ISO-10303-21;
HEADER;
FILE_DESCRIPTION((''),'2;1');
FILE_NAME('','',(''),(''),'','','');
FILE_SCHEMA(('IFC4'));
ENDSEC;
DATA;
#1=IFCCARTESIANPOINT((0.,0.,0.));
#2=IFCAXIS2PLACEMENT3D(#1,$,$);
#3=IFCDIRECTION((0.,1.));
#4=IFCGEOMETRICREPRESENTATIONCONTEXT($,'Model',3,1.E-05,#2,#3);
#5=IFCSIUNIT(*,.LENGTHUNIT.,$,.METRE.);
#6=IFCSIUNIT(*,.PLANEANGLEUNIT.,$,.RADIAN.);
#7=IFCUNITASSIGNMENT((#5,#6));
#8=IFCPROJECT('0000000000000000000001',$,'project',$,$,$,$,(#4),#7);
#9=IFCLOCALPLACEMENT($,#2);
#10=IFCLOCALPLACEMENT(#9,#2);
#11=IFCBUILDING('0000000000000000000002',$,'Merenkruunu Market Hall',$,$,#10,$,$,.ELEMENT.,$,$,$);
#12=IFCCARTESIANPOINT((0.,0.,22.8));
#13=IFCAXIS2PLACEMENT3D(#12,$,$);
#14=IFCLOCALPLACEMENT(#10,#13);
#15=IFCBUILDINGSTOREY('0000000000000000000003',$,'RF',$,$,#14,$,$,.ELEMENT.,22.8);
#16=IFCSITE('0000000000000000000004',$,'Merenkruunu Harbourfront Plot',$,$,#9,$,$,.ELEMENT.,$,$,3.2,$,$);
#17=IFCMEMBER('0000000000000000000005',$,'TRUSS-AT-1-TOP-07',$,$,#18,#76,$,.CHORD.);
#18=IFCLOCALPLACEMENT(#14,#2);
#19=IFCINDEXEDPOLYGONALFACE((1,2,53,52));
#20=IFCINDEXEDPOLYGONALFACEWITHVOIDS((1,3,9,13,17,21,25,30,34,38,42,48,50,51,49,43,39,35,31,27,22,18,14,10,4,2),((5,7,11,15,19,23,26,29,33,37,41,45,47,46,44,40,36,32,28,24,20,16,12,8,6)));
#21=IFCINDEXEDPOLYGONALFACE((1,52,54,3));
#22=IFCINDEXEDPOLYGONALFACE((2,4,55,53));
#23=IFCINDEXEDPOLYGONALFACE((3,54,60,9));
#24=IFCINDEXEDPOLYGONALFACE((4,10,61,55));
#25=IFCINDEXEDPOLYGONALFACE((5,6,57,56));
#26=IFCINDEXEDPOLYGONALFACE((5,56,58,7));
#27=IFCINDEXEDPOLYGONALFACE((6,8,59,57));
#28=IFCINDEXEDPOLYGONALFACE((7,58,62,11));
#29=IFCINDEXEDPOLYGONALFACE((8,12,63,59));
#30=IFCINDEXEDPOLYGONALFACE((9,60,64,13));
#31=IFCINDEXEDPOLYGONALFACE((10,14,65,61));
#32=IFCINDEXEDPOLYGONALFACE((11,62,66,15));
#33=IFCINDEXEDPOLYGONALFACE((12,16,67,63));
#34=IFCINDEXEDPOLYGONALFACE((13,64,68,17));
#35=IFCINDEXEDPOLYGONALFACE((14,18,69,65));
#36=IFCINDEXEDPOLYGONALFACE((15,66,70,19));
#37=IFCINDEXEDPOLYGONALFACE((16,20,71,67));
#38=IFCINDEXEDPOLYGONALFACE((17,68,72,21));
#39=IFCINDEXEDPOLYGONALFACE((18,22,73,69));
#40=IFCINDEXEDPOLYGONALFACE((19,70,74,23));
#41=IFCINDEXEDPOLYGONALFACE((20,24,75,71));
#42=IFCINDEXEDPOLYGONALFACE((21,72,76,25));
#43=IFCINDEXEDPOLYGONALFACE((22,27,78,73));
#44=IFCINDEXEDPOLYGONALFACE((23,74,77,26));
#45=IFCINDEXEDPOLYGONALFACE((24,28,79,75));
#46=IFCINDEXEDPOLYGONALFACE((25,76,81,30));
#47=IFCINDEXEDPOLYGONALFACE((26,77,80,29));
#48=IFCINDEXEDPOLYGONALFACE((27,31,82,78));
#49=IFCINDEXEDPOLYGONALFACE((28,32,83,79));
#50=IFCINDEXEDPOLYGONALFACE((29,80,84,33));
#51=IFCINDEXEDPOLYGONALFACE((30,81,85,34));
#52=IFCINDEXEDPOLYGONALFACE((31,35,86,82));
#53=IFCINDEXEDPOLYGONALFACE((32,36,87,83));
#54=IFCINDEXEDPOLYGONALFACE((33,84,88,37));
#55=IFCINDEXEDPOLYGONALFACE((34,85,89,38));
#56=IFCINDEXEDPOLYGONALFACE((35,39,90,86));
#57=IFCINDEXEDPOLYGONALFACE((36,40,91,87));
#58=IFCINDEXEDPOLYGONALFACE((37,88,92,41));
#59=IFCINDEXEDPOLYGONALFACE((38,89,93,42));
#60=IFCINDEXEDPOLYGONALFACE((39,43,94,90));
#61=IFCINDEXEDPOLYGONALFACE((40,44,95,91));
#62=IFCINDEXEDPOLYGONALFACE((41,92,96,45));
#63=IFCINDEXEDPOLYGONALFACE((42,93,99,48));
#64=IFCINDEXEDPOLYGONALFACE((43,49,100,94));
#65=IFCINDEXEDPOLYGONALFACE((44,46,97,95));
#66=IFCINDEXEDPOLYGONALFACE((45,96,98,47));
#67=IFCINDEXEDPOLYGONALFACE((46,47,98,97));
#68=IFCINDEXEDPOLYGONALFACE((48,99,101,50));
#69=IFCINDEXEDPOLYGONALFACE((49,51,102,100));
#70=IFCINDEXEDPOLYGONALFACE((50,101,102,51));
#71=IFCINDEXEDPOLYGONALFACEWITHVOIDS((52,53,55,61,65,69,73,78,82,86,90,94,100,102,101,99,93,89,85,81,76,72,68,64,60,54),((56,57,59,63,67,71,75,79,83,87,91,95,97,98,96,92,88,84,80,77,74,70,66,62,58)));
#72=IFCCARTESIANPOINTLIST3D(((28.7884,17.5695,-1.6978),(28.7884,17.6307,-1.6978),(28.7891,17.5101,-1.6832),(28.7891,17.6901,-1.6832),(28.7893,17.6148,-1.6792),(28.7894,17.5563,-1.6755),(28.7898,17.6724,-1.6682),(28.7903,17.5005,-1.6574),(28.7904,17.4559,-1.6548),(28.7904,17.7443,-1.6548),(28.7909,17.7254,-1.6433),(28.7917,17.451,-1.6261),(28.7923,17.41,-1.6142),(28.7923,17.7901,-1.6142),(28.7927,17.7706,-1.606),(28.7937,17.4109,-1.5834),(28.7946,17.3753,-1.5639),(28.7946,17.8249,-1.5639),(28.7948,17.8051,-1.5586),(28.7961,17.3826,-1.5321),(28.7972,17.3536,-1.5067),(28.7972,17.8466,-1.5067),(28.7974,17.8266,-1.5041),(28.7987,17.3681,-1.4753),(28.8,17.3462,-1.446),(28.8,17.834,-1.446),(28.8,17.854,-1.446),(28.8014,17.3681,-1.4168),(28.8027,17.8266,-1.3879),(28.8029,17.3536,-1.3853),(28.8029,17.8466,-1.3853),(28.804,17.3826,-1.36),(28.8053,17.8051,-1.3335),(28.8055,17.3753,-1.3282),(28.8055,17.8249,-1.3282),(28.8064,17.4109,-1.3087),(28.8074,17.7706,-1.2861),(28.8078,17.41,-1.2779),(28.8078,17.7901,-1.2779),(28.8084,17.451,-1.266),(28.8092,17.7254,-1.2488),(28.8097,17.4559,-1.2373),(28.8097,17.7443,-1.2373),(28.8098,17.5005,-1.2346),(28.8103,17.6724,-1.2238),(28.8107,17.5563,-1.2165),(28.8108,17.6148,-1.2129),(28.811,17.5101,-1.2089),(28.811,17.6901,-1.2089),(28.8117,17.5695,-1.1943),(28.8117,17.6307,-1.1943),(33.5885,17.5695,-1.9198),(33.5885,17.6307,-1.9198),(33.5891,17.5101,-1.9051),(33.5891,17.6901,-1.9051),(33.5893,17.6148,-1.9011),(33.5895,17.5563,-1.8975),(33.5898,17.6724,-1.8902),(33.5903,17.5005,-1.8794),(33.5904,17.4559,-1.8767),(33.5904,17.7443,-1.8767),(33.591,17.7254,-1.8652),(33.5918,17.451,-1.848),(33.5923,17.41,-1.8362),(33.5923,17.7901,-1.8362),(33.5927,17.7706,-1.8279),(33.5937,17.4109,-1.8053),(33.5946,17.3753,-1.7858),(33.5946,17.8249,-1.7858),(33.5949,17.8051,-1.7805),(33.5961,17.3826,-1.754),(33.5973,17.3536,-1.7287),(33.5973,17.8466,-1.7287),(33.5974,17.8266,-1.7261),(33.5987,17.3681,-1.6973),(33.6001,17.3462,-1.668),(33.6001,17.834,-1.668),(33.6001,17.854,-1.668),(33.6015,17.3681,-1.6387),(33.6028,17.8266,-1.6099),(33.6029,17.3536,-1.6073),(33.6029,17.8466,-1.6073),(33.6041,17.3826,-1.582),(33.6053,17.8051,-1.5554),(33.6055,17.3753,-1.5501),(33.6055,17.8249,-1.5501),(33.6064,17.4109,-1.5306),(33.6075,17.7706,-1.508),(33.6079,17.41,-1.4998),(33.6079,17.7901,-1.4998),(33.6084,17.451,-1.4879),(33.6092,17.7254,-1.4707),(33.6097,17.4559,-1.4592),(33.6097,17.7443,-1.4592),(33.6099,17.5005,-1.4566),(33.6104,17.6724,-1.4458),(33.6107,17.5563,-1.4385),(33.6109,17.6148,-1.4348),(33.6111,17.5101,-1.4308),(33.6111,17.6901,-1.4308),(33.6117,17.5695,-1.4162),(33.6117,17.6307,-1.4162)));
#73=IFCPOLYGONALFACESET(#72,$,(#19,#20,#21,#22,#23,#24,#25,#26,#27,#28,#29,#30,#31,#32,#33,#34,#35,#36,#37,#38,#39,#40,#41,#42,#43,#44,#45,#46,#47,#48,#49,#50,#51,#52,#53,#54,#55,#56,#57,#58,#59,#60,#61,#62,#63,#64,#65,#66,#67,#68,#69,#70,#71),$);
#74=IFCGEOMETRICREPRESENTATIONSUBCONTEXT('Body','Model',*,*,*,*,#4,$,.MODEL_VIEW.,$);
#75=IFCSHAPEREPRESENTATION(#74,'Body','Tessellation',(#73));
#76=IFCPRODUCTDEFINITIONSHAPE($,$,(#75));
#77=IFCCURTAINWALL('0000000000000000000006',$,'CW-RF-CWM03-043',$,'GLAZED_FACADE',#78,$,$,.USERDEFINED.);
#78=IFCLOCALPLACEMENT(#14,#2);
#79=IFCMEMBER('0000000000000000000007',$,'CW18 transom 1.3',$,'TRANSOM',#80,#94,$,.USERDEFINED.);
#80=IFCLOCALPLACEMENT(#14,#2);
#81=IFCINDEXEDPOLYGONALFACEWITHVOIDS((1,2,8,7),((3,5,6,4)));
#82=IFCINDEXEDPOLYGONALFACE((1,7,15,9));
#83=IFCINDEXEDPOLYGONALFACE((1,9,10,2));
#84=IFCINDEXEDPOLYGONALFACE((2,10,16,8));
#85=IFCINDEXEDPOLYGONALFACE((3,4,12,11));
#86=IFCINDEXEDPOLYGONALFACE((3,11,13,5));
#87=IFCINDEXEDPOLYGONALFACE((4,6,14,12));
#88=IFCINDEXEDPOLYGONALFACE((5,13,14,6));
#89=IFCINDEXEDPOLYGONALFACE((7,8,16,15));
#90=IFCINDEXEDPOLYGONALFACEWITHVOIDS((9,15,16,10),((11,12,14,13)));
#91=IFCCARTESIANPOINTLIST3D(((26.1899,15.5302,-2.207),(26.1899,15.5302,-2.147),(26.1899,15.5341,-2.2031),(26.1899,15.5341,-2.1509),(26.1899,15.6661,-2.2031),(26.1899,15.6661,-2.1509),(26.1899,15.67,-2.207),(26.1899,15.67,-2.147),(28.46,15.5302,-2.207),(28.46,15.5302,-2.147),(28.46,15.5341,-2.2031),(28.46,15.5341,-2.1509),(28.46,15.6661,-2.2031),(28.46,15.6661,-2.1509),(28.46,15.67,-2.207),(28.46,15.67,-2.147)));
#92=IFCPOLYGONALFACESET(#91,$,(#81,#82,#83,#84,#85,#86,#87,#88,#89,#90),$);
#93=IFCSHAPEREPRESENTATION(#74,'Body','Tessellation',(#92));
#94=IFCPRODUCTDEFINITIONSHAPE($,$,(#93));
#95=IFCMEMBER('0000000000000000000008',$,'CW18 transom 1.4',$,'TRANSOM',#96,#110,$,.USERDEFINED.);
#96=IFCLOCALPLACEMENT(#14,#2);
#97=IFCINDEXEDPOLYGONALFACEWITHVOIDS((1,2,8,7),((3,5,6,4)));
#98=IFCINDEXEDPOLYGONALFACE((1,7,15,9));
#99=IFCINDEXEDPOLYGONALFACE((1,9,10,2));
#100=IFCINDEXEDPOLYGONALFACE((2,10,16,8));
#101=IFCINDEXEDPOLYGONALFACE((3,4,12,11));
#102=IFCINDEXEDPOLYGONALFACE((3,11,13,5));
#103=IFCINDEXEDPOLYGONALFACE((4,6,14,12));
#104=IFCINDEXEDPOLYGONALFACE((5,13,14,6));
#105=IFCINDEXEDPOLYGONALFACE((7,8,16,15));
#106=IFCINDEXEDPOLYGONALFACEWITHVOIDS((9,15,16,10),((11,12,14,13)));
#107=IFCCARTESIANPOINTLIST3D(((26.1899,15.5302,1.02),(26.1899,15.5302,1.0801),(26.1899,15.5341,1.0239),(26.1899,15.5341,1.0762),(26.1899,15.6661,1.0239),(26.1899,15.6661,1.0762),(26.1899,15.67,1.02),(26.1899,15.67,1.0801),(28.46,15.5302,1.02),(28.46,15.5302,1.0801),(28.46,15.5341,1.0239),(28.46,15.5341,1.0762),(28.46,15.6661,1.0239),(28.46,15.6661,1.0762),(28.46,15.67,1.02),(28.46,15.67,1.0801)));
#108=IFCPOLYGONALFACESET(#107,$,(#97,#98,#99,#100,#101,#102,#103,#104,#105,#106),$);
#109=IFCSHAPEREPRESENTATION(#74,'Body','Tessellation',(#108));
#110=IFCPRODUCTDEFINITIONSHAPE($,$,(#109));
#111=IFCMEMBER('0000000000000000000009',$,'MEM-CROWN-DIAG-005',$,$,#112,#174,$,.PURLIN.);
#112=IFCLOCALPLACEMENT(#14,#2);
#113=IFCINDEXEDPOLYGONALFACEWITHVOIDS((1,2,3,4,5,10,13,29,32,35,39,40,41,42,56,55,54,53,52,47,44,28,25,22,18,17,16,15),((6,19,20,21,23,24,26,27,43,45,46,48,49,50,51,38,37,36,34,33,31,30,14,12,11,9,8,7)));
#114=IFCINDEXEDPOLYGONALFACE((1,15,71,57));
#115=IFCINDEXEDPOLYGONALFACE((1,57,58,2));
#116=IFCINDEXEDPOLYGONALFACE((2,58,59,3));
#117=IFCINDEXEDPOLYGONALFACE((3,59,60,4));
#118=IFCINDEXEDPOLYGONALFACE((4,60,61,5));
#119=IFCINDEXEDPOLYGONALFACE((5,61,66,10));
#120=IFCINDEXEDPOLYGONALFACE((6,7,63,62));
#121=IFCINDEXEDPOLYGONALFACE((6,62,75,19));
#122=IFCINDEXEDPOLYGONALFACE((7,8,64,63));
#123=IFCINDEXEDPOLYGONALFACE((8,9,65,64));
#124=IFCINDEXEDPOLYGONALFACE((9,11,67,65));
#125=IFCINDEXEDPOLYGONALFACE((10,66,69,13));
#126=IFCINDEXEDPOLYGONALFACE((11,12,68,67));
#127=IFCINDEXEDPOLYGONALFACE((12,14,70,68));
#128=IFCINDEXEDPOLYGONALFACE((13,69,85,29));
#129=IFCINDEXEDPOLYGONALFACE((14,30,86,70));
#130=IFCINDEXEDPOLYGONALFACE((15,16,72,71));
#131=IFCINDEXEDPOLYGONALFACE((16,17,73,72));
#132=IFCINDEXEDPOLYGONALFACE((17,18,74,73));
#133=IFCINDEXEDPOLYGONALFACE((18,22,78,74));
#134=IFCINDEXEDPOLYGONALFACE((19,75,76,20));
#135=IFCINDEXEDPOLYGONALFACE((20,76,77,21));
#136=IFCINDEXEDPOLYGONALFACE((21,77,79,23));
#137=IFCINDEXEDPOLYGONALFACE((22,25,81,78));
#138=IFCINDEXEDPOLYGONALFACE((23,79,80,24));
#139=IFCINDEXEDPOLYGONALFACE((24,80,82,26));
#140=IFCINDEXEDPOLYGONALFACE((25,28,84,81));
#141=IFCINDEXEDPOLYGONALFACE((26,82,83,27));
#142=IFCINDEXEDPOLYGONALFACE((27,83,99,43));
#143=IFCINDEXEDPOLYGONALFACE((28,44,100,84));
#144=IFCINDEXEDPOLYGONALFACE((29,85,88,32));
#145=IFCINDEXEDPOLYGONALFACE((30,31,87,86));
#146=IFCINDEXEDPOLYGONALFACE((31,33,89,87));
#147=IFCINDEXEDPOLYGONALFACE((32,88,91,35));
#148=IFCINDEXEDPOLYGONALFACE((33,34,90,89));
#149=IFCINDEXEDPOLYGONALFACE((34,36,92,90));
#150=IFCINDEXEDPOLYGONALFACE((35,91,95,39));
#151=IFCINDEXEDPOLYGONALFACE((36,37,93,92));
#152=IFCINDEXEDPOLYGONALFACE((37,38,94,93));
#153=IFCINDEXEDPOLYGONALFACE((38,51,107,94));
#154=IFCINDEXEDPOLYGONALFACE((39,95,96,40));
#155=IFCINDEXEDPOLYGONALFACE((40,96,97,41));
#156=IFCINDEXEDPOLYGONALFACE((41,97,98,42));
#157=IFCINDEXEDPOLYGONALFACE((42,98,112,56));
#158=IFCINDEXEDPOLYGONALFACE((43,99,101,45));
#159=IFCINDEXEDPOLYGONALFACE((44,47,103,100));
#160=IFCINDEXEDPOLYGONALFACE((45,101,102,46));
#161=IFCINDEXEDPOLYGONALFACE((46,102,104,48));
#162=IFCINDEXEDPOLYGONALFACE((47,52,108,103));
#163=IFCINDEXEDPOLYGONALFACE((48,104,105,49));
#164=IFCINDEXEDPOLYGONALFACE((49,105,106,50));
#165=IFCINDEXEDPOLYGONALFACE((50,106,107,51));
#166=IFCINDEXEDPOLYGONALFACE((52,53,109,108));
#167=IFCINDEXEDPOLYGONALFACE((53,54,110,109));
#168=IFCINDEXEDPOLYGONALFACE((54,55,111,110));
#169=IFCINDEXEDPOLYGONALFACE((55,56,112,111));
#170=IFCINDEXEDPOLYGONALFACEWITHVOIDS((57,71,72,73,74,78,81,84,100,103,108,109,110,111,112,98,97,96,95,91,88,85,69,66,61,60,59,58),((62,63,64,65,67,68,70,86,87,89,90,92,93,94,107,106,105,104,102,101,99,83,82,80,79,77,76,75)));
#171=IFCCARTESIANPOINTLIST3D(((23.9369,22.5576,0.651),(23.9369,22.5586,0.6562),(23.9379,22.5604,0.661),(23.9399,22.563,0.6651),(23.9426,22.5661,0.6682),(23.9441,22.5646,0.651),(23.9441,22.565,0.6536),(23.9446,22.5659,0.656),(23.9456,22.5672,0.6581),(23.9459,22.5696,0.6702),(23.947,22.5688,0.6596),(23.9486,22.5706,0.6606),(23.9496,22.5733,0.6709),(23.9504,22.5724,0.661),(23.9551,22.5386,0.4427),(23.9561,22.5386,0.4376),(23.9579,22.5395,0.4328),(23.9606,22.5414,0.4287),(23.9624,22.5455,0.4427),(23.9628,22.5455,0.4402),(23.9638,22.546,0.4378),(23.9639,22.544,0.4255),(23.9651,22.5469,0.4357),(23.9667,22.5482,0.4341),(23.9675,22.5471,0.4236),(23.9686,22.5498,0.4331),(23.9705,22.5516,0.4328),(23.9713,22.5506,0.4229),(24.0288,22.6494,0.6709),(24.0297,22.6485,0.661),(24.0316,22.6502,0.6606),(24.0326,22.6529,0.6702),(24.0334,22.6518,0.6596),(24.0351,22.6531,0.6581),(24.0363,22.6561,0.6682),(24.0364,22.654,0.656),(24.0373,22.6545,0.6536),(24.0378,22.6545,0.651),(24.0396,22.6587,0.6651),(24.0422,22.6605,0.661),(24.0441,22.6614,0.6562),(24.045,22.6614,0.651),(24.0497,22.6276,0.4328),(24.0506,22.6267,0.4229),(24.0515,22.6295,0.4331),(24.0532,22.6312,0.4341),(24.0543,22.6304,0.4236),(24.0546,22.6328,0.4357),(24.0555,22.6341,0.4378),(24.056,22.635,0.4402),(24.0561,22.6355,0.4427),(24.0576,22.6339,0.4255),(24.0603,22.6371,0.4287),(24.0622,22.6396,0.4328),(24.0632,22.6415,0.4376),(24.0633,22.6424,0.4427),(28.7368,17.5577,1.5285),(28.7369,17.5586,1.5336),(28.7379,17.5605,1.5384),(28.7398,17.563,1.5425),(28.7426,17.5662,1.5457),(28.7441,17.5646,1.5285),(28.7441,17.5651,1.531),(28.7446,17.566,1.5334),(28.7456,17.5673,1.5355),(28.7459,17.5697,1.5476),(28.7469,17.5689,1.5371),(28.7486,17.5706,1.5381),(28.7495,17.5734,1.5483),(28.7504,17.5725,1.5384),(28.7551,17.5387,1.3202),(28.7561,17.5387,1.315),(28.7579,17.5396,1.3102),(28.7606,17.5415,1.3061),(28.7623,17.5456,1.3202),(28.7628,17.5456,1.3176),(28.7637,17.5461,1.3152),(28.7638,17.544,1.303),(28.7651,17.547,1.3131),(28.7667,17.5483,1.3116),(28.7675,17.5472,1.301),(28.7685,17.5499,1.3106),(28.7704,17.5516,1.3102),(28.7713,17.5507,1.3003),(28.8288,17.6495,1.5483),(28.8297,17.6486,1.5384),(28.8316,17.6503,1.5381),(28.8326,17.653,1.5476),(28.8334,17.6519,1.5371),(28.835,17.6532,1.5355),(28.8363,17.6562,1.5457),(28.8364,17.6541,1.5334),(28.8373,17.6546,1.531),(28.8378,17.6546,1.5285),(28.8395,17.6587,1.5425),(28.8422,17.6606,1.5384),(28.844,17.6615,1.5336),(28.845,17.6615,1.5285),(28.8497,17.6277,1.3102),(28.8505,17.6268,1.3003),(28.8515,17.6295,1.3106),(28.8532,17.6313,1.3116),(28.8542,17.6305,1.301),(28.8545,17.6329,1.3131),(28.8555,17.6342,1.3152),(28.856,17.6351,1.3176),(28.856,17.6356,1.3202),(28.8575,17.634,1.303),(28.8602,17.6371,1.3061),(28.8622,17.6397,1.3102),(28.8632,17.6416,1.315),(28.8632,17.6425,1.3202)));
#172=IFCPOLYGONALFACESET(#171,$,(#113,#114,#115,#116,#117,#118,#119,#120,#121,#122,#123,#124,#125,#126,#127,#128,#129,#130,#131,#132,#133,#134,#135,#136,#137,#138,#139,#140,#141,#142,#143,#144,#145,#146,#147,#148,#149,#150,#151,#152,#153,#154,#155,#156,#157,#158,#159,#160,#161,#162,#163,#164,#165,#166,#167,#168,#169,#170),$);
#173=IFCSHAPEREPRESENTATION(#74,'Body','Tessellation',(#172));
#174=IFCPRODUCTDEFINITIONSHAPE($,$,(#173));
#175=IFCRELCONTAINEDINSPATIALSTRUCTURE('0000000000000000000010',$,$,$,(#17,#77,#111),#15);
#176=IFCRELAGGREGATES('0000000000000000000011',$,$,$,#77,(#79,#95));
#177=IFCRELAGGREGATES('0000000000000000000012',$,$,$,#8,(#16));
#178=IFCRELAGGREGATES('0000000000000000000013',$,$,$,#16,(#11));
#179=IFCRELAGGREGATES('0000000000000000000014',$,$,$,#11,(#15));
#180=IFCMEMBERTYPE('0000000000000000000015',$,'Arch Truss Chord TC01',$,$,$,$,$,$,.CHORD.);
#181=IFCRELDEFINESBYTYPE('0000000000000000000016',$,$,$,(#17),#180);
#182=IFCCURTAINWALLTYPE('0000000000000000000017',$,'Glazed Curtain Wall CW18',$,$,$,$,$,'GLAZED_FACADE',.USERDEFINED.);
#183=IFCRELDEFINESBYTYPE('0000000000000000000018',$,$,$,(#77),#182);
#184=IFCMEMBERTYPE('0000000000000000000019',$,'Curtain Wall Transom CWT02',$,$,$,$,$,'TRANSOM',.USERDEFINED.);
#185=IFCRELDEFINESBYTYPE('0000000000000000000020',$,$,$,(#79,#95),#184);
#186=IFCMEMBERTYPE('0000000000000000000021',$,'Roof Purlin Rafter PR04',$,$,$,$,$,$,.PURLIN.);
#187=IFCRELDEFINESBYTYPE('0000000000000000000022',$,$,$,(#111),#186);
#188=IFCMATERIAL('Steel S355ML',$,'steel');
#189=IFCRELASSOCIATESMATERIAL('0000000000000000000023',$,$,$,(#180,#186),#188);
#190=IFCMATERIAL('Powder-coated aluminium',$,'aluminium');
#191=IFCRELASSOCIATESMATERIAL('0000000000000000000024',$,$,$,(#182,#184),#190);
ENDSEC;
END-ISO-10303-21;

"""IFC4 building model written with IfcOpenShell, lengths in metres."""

from ifc_helpers import new_model, si_unit, direction, frame, origin, origin_2d, place, context, subcontext, project, spatial, hollow_rectangle, hollow_circle, extrude, material, material_profile, profile_set, type_object, element, aggregate, save


model = new_model("IFC4")

# Units and contexts
model_context = context("Model", 3, precision=1e-05, world=origin(), true_north=direction((0.0, 1.0)))
body_context = subcontext(model_context, "Body", "Model", "MODEL_VIEW")
ifc_project = project(units=[si_unit("LENGTHUNIT", "METRE"), si_unit("PLANEANGLEUNIT", "RADIAN")], contexts=[model_context])

# Site, building, storey
site_placement = place(None, origin())
site = spatial("IfcSite", under=ifc_project, at=site_placement, Name="Merenkruunu Harbourfront Plot", CompositionType="ELEMENT", RefElevation=3.2)
building_placement = place(site_placement, origin())
building = spatial("IfcBuilding", under=site, at=building_placement, Name="Merenkruunu Market Hall", CompositionType="ELEMENT")
storey_placement = place(building_placement, frame((0.0, 0.0, 22.8)))
storey = spatial("IfcBuildingStorey", under=building, at=storey_placement, Name="RF", CompositionType="ELEMENT", Elevation=22.8)

# Member
ifc_material_1 = material(Name="Steel S355ML", Category="steel")
ifc_material_profile_1 = material_profile(ifc_material_1, hollow_circle(Radius=0.2539, WallThickness=0.02, at=origin_2d()), Name="CHS 508x20")
ifc_profile_set_1 = profile_set([ifc_material_profile_1], Name="Steel S355ML")
member_type_1 = type_object("IfcMemberType", Name="Arch Truss Chord TC01", PredefinedType="CHORD", material=ifc_profile_set_1)
member_1_placement = place(storey_placement, frame((28.8, 17.6001, -1.446), z_axis=(0.998933, 0.0, -0.046184), x_axis=(0.0, 1.0, 0.0)))
element("IfcMember", 1, at=member_1_placement, inside=storey, type_object=member_type_1, Name="TRUSS-AT-1-TOP-07", PredefinedType="CHORD", context=body_context, shape_type="SweptSolid", body=[
    extrude(hollow_circle(Radius=0.2539, WallThickness=0.02, at=origin_2d()), origin(), (0.0, 0.0, 1.0), 4.8052),
])

# Curtain wall, members
ifc_material_2 = material(Name="Powder-coated aluminium", Category="aluminium")
curtain_wall_type = type_object("IfcCurtainWallType", Name="Glazed Curtain Wall CW18", ElementType="GLAZED_FACADE", PredefinedType="USERDEFINED", material=ifc_material_2)
curtain_wall_placement = place(storey_placement, origin())
curtain_wall = element("IfcCurtainWall", 2, at=curtain_wall_placement, inside=storey, type_object=curtain_wall_type, Name="CW-RF-CWM03-043", ObjectType="GLAZED_FACADE", PredefinedType="USERDEFINED")
ifc_material_profile_2 = material_profile(ifc_material_2, hollow_rectangle(XDim=0.0601, YDim=0.1399, WallThickness=0.0039, at=origin_2d()), Name="ALU 60x140x4")
ifc_profile_set_2 = profile_set([ifc_material_profile_2], Name="Powder-coated aluminium")
member_type_2 = type_object("IfcMemberType", Name="Curtain Wall Transom CWT02", ElementType="TRANSOM", PredefinedType="USERDEFINED", material=ifc_profile_set_2)
member_2_placement = place(storey_placement, frame((28.46, 15.6001, -2.177), z_axis=(-1.0, 0.0, 0.0), x_axis=(0.0, 0.0, 1.0)))
member_2 = element("IfcMember", 3, at=member_2_placement, type_object=member_type_2, Name="CW18 transom 1.3", ObjectType="TRANSOM", PredefinedType="USERDEFINED", context=body_context, shape_type="SweptSolid", body=[
    extrude(hollow_rectangle(XDim=0.0601, YDim=0.1399, WallThickness=0.0039, at=origin_2d()), origin(), (0.0, 0.0, 1.0), 2.27),
])
member_3_placement = place(storey_placement, frame((28.46, 15.6001, 1.05), z_axis=(-1.0, 0.0, 0.0), x_axis=(0.0, 0.0, 1.0)))
member_3 = element("IfcMember", 4, at=member_3_placement, type_object=member_type_2, Name="CW18 transom 1.4", ObjectType="TRANSOM", PredefinedType="USERDEFINED", context=body_context, shape_type="SweptSolid", body=[
    extrude(hollow_rectangle(XDim=0.0601, YDim=0.1399, WallThickness=0.0039, at=origin_2d()), origin(), (0.0, 0.0, 1.0), 2.27),
])

# Member
ifc_material_profile_3 = material_profile(ifc_material_1, hollow_rectangle(XDim=0.1499, YDim=0.25, WallThickness=0.01, InnerFilletRadius=0.01, OuterFilletRadius=0.02, at=origin_2d()), Name="RHS 250x150x10")
ifc_profile_set_3 = profile_set([ifc_material_profile_3], Name="Steel S355ML")
member_type_3 = type_object("IfcMemberType", Name="Roof Purlin Rafter PR04", PredefinedType="PURLIN", material=ifc_profile_set_3)
for number, where, z_axis, x_axis, name in (
    (5, (28.8, 17.6001, 1.4243), (-0.687052, 0.715672, -0.125592), (-0.721384, -0.692535, 0.0), "MEM-CROWN-DIAG-005"),
):
    element("IfcMember", number, at=place(storey_placement, frame(where, z_axis=z_axis, x_axis=x_axis)), inside=storey, type_object=member_type_3, Name=name, PredefinedType="PURLIN", context=body_context, shape_type="SweptSolid", body=[
        extrude(hollow_rectangle(XDim=0.1499, YDim=0.25, WallThickness=0.01, InnerFilletRadius=0.01, OuterFilletRadius=0.02, at=origin_2d()), origin(), (0.0, 0.0, 1.0), 6.9863),
    ])

aggregate(curtain_wall, [member_2, member_3])

save(model, "model.ifc")
